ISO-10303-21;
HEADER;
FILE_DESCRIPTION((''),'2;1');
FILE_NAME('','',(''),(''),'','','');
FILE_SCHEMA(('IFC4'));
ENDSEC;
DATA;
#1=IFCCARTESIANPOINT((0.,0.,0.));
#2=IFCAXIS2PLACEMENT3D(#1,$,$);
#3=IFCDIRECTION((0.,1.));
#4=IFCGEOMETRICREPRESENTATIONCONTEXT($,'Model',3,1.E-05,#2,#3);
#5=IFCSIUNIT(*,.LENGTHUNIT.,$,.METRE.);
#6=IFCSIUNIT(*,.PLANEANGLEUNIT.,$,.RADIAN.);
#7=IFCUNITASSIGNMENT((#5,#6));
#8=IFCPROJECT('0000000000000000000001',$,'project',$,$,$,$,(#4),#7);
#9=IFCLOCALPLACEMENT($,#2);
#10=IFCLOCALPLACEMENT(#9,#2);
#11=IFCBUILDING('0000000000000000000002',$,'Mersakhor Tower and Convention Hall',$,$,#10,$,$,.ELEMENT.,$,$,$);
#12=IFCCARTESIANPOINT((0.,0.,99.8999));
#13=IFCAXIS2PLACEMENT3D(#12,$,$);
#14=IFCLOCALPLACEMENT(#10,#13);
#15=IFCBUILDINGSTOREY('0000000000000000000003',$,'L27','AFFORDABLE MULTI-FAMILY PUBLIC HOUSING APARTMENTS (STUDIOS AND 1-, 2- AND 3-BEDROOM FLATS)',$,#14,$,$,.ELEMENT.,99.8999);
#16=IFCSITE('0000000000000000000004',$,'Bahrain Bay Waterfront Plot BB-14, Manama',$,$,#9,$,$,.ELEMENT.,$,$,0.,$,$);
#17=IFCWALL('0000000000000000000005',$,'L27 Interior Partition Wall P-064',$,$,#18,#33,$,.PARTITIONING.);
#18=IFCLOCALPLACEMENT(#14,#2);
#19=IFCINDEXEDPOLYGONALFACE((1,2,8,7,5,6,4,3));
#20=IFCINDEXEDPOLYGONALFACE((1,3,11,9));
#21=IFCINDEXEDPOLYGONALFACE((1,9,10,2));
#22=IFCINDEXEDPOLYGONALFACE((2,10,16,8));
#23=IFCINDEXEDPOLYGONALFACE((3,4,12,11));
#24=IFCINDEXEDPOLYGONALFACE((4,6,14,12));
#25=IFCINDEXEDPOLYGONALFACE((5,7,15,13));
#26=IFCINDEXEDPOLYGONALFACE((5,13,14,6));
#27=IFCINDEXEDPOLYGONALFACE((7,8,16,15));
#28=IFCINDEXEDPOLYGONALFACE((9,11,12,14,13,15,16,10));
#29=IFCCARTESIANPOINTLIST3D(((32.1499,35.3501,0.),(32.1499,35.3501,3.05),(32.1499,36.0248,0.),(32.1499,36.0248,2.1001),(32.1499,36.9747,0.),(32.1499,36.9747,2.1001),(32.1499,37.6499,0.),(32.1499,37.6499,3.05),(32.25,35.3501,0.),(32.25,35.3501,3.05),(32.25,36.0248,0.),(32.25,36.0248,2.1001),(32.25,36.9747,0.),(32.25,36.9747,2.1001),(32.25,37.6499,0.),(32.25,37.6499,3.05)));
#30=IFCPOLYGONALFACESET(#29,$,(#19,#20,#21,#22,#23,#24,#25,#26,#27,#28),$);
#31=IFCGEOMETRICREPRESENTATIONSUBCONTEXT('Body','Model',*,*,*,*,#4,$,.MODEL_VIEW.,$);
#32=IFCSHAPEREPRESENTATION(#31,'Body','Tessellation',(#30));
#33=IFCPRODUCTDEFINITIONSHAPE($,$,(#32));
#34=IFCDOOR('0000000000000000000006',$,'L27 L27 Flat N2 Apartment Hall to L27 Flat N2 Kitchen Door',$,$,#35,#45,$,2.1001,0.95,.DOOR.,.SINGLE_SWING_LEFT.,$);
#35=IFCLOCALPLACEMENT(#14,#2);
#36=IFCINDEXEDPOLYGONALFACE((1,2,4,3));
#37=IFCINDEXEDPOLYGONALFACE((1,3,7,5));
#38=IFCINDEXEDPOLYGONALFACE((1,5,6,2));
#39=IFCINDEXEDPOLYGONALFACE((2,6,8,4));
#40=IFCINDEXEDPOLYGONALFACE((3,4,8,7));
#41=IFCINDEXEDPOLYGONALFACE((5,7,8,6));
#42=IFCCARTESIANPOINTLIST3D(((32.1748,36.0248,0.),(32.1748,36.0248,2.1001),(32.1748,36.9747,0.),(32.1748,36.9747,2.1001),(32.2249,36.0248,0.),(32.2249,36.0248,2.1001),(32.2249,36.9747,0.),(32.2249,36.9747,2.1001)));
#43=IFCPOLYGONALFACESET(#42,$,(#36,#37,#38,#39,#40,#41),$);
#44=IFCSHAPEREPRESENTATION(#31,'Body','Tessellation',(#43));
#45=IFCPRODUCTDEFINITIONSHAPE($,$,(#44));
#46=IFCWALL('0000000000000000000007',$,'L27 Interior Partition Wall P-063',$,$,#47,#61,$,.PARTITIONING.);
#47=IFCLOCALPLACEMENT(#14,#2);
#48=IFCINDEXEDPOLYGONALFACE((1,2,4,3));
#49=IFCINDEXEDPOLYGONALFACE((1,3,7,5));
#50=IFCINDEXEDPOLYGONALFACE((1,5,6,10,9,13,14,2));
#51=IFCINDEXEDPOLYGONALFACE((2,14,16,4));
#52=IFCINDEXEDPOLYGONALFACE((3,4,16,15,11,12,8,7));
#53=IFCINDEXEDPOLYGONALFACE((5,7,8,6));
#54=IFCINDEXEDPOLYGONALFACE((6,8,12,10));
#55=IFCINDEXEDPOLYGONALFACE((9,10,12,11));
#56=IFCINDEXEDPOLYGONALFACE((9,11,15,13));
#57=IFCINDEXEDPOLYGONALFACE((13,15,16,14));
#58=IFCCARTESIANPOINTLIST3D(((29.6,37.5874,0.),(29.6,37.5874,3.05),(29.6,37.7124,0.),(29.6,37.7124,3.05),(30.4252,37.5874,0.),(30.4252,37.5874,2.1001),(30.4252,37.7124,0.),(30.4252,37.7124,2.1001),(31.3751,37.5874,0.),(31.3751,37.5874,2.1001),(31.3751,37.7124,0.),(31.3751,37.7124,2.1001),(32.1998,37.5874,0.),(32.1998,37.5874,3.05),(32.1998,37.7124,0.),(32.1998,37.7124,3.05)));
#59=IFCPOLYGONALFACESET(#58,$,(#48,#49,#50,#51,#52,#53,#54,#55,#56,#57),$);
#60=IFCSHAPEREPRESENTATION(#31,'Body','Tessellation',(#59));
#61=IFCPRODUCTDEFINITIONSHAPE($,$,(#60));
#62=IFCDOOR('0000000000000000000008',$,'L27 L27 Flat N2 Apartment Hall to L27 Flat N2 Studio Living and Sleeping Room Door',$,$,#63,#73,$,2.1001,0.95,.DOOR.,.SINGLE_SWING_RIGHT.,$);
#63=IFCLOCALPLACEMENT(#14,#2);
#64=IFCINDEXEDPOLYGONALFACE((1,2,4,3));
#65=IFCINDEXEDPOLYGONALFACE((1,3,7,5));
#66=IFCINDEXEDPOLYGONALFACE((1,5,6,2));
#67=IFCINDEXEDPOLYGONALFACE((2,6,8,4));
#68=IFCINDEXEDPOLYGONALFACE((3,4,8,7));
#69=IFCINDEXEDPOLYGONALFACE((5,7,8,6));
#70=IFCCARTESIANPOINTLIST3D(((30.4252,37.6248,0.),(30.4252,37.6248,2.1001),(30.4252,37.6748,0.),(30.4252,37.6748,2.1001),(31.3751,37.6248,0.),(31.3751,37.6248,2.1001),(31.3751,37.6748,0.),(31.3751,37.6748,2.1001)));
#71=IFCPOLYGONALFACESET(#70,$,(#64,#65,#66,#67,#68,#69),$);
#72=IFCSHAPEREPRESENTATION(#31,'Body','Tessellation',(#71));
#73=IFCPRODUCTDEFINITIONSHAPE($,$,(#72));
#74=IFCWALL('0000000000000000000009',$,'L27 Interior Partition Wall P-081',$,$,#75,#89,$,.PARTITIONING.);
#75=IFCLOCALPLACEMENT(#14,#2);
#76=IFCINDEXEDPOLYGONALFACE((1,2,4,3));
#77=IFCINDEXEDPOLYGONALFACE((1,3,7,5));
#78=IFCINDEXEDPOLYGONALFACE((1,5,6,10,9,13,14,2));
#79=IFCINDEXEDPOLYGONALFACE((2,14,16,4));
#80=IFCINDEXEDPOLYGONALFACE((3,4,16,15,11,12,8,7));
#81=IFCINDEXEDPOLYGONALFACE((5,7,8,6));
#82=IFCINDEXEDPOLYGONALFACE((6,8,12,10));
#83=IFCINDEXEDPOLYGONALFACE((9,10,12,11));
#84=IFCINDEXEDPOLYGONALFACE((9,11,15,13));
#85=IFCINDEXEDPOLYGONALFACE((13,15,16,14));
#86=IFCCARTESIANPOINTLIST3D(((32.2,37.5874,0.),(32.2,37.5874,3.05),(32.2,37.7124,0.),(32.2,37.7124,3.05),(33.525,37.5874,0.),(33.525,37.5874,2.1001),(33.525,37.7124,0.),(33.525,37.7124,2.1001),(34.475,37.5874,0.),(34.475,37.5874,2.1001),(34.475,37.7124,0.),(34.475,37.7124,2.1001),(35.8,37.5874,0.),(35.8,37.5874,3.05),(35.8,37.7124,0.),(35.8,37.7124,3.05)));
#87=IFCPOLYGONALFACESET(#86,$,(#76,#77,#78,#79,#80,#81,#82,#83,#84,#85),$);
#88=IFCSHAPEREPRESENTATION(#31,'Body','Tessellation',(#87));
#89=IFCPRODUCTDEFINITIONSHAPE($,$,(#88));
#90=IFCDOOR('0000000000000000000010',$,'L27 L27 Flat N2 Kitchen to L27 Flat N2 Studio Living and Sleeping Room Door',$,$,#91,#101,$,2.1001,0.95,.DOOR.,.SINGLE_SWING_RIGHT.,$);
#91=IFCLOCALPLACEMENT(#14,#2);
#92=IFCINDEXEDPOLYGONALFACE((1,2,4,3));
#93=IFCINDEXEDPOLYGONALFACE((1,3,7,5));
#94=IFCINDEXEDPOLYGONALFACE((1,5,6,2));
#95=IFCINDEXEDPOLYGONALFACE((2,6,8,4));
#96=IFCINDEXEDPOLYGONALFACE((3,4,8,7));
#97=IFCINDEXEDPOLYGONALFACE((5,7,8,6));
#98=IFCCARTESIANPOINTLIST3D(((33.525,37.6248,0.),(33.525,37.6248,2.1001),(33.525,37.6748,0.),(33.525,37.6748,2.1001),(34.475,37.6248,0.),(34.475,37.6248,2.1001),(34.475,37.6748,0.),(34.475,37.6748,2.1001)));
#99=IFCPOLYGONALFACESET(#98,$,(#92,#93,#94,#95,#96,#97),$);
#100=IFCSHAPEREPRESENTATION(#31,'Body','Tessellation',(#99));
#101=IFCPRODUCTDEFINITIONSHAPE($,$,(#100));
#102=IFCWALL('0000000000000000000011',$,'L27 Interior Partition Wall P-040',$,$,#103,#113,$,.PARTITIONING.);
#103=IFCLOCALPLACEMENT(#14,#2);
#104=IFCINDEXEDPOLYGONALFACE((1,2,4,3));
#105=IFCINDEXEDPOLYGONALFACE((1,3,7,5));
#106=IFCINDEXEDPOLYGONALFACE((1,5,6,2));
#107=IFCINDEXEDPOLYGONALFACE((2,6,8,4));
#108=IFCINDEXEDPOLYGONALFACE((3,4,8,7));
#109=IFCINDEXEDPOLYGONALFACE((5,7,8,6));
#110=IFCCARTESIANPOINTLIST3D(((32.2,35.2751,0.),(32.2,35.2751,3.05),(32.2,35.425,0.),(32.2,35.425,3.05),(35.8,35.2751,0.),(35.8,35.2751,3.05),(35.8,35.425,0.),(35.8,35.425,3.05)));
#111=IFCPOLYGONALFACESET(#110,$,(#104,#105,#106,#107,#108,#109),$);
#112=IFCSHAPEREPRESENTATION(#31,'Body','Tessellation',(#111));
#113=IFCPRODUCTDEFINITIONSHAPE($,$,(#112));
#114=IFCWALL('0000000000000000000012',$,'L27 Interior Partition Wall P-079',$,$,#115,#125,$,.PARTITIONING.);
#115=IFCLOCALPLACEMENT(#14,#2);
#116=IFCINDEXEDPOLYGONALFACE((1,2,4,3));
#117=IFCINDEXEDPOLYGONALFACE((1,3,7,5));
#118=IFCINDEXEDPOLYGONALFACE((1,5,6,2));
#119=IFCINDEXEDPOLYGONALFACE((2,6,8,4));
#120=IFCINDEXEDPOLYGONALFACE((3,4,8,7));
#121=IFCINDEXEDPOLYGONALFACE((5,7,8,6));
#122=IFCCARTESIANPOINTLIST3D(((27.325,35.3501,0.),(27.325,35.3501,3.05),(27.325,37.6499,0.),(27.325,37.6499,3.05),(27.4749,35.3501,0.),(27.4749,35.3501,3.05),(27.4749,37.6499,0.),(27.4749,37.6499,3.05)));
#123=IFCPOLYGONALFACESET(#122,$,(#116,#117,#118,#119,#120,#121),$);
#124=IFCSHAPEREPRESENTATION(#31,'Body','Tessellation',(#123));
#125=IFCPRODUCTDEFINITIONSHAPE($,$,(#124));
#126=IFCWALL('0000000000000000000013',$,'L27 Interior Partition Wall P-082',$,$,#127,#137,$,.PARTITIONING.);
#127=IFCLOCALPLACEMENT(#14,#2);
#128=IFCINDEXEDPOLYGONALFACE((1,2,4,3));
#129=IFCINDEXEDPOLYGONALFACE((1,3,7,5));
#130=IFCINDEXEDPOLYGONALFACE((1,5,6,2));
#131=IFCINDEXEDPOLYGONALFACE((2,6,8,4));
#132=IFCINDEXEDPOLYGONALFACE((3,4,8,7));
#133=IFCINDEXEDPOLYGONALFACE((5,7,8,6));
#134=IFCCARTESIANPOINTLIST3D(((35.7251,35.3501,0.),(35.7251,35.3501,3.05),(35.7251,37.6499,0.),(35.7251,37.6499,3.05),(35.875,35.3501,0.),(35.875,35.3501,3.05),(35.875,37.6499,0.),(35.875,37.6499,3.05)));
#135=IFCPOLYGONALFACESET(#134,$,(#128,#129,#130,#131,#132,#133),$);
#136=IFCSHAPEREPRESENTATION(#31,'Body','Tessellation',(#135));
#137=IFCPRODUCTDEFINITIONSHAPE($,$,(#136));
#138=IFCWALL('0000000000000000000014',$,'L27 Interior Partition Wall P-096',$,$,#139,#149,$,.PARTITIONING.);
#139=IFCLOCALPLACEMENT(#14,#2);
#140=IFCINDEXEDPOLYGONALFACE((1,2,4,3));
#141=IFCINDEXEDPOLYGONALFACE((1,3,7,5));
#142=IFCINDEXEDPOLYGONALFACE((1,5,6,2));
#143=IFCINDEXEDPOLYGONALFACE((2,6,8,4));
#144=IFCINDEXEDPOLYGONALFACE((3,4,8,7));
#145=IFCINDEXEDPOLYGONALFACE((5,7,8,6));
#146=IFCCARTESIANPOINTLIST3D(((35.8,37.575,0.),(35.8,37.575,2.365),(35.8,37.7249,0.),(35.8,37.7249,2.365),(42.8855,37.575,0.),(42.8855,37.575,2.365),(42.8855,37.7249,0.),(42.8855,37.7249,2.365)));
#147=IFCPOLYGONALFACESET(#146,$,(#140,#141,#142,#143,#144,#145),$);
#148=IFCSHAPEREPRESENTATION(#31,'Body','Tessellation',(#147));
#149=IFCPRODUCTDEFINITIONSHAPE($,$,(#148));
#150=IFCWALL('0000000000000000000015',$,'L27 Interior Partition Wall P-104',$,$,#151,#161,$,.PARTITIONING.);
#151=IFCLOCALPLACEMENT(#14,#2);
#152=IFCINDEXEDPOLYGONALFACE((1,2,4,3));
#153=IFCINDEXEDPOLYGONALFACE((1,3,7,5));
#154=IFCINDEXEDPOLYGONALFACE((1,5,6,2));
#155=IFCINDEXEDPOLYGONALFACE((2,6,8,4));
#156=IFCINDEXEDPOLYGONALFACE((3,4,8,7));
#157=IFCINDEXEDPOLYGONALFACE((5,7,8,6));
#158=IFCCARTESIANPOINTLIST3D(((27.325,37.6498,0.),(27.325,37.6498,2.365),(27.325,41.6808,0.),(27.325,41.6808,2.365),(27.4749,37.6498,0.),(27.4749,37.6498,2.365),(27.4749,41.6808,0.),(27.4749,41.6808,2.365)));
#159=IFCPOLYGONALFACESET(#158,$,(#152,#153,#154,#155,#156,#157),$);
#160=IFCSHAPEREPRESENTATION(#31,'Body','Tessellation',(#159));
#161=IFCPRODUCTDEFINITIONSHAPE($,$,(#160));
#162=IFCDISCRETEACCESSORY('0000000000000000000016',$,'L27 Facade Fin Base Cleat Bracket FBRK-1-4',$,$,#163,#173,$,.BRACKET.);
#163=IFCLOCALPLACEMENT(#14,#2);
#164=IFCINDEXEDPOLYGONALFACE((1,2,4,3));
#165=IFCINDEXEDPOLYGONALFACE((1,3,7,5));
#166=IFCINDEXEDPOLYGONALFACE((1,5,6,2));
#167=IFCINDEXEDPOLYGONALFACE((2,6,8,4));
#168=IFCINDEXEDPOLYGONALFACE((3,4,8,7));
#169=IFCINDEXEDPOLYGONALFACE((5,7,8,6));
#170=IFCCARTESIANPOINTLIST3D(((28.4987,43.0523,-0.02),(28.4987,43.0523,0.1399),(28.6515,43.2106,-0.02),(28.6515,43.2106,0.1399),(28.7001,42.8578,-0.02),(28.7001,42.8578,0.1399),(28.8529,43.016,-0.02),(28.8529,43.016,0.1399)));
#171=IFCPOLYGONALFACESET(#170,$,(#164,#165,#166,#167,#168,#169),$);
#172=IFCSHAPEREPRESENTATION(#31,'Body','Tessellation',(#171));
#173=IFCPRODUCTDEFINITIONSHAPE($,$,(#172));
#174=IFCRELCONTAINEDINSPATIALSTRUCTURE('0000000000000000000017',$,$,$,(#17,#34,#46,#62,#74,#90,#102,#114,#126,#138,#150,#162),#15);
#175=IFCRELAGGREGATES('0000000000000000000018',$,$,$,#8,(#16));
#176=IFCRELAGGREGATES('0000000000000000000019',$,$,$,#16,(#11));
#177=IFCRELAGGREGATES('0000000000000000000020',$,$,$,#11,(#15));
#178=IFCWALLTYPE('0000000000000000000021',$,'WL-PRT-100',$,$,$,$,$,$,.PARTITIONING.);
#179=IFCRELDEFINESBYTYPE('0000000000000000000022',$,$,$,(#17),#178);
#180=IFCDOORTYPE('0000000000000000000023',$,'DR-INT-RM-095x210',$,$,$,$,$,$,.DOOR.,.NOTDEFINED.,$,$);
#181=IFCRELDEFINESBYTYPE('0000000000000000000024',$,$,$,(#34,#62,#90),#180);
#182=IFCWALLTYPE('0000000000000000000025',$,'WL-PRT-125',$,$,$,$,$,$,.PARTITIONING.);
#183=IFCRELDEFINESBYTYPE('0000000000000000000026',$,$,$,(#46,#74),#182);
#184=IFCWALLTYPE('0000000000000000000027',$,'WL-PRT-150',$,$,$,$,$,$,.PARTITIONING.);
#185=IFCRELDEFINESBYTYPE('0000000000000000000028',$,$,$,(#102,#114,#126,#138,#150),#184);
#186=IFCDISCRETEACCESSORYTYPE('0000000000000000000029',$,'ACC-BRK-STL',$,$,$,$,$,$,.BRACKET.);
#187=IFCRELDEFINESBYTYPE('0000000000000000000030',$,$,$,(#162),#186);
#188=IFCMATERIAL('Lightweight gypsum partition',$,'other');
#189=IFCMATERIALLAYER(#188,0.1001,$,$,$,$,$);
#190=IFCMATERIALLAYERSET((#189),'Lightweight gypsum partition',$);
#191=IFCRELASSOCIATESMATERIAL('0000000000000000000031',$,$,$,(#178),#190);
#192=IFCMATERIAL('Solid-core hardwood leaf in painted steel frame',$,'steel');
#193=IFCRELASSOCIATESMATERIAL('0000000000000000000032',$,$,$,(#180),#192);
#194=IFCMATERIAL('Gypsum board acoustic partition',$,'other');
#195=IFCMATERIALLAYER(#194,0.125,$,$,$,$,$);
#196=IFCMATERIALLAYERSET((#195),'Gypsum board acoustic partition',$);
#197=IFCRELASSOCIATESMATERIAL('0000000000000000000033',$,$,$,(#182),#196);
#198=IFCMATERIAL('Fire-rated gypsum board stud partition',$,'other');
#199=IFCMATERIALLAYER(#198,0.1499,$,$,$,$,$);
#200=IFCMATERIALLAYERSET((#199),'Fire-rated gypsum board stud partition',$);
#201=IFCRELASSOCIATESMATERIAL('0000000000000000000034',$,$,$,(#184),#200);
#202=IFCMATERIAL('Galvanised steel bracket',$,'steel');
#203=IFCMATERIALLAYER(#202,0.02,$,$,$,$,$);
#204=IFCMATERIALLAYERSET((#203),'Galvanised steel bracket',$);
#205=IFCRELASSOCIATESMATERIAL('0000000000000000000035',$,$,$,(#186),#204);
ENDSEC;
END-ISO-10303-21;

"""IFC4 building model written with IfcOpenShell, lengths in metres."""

from ifc_helpers import new_model, si_unit, direction, frame, frame_2d, origin, origin_2d, place, context, subcontext, project, spatial, rectangle, extrude, material, layer, layer_set, type_object, element, fill, save


model = new_model("IFC4")

# Units and contexts
model_context = context("Model", 3, precision=1e-05, world=origin(), true_north=direction((0.0, 1.0)))
body_context = subcontext(model_context, "Body", "Model", "MODEL_VIEW")
ifc_project = project(units=[si_unit("LENGTHUNIT", "METRE"), si_unit("PLANEANGLEUNIT", "RADIAN")], contexts=[model_context])

# Site, building, storey
site_placement = place(None, origin())
site = spatial("IfcSite", under=ifc_project, at=site_placement, Name="Bahrain Bay Waterfront Plot BB-14, Manama", CompositionType="ELEMENT", RefElevation=0.0)
building_placement = place(site_placement, origin())
building = spatial("IfcBuilding", under=site, at=building_placement, Name="Mersakhor Tower and Convention Hall", CompositionType="ELEMENT")
storey_placement = place(building_placement, frame((0.0, 0.0, 99.8999)))
storey = spatial("IfcBuildingStorey", under=building, at=storey_placement, Name="L27", Description="AFFORDABLE MULTI-FAMILY PUBLIC HOUSING APARTMENTS (STUDIOS AND 1-, 2- AND 3-BEDROOM FLATS)", CompositionType="ELEMENT", Elevation=99.8999)

# Walls, openings, doors
ifc_material_1 = material(Name="Lightweight gypsum partition", Category="other")
ifc_layer_1 = layer(ifc_material_1, 0.1001)
ifc_layer_set_1 = layer_set([ifc_layer_1], Name="Lightweight gypsum partition")
wall_type_1 = type_object("IfcWallType", Name="WL-PRT-100", PredefinedType="PARTITIONING", material=ifc_layer_set_1)
wall_1_placement = place(storey_placement, frame((32.2, 37.6499, 0.0), z_axis=(0.0, 0.0, 1.0), x_axis=(0.0, -1.0, 0.0)))
wall_1 = element("IfcWall", 1, at=wall_1_placement, inside=storey, type_object=wall_type_1, Name="L27 Interior Partition Wall P-064", PredefinedType="PARTITIONING", context=body_context, shape_type="SweptSolid", body=[
    extrude(rectangle(XDim=2.2998, YDim=0.1001, at=frame_2d((1.1499, 0.0))), origin(), (0.0, 0.0, 1.0), 3.05),
])
opening_1_placement = place(wall_1_placement, frame((0.675, 0.0, 0.0)))
opening_1 = element("IfcOpeningElement", 2, at=opening_1_placement, cuts=wall_1, PredefinedType="OPENING", context=body_context, shape_type="SweptSolid", body=[
    extrude(rectangle(XDim=0.95, YDim=2.1001, at=frame_2d((0.4751, 1.05))), frame((0.0, 0.0601, 0.0), z_axis=(0.0, -1.0, 0.0), x_axis=(1.0, 0.0, 0.0)), (0.0, 0.0, 1.0), 0.1201),
])
ifc_material_2 = material(Name="Solid-core hardwood leaf in painted steel frame", Category="steel")
door_type_1 = type_object("IfcDoorType", Name="DR-INT-RM-095x210", OperationType="NOTDEFINED", PredefinedType="DOOR", material=ifc_material_2)
door_1_placement = place(opening_1_placement, origin())
door_1 = element("IfcDoor", 3, at=door_1_placement, inside=storey, type_object=door_type_1, Name="L27 L27 Flat N2 Apartment Hall to L27 Flat N2 Kitchen Door", OperationType="SINGLE_SWING_LEFT", OverallHeight=2.1001, OverallWidth=0.95, PredefinedType="DOOR", context=body_context, shape_type="SweptSolid", body=[
    extrude(rectangle(XDim=0.95, YDim=2.1001, at=frame_2d((0.4751, 1.05))), frame((0.0, 0.0249, 0.0), z_axis=(0.0, -1.0, 0.0), x_axis=(1.0, 0.0, 0.0)), (0.0, 0.0, 1.0), 0.05),
])
fill(opening_1, door_1)
ifc_material_3 = material(Name="Gypsum board acoustic partition", Category="other")
ifc_layer_2 = layer(ifc_material_3, 0.125)
ifc_layer_set_2 = layer_set([ifc_layer_2], Name="Gypsum board acoustic partition")
wall_type_2 = type_object("IfcWallType", Name="WL-PRT-125", PredefinedType="PARTITIONING", material=ifc_layer_set_2)
wall_2_placement = place(storey_placement, frame((29.6001, 37.6499, 0.0), z_axis=(0.0, 0.0, 1.0), x_axis=(1.0, 0.0, 0.0)))
wall_2 = element("IfcWall", 4, at=wall_2_placement, inside=storey, type_object=wall_type_2, Name="L27 Interior Partition Wall P-063", PredefinedType="PARTITIONING", context=body_context, shape_type="SweptSolid", body=[
    extrude(rectangle(XDim=2.5999, YDim=0.125, at=frame_2d((1.2998, 0.0))), origin(), (0.0, 0.0, 1.0), 3.05),
])
opening_2_placement = place(wall_2_placement, frame((0.825, 0.0, 0.0)))
opening_2 = element("IfcOpeningElement", 5, at=opening_2_placement, cuts=wall_2, PredefinedType="OPENING", context=body_context, shape_type="SweptSolid", body=[
    extrude(rectangle(XDim=0.95, YDim=2.1001, at=frame_2d((0.4751, 1.05))), frame((0.0, 0.0725, 0.0), z_axis=(0.0, -1.0, 0.0), x_axis=(1.0, 0.0, 0.0)), (0.0, 0.0, 1.0), 0.145),
])
door_2_placement = place(opening_2_placement, origin())
door_2 = element("IfcDoor", 6, at=door_2_placement, inside=storey, type_object=door_type_1, Name="L27 L27 Flat N2 Apartment Hall to L27 Flat N2 Studio Living and Sleeping Room Door", OperationType="SINGLE_SWING_RIGHT", OverallHeight=2.1001, OverallWidth=0.95, PredefinedType="DOOR", context=body_context, shape_type="SweptSolid", body=[
    extrude(rectangle(XDim=0.95, YDim=2.1001, at=frame_2d((0.4751, 1.05))), frame((0.0, 0.0249, 0.0), z_axis=(0.0, -1.0, 0.0), x_axis=(1.0, 0.0, 0.0)), (0.0, 0.0, 1.0), 0.05),
])
fill(opening_2, door_2)
wall_3_placement = place(storey_placement, frame((32.2, 37.6499, 0.0), z_axis=(0.0, 0.0, 1.0), x_axis=(1.0, 0.0, 0.0)))
wall_3 = element("IfcWall", 7, at=wall_3_placement, inside=storey, type_object=wall_type_2, Name="L27 Interior Partition Wall P-081", PredefinedType="PARTITIONING", context=body_context, shape_type="SweptSolid", body=[
    extrude(rectangle(XDim=3.6001, YDim=0.125, at=frame_2d((1.8, 0.0))), origin(), (0.0, 0.0, 1.0), 3.05),
])
opening_3_placement = place(wall_3_placement, frame((1.325, 0.0, 0.0)))
opening_3 = element("IfcOpeningElement", 8, at=opening_3_placement, cuts=wall_3, PredefinedType="OPENING", context=body_context, shape_type="SweptSolid", body=[
    extrude(rectangle(XDim=0.95, YDim=2.1001, at=frame_2d((0.4751, 1.05))), frame((0.0, 0.0725, 0.0), z_axis=(0.0, -1.0, 0.0), x_axis=(1.0, 0.0, 0.0)), (0.0, 0.0, 1.0), 0.145),
])
door_3_placement = place(opening_3_placement, origin())
door_3 = element("IfcDoor", 9, at=door_3_placement, inside=storey, type_object=door_type_1, Name="L27 L27 Flat N2 Kitchen to L27 Flat N2 Studio Living and Sleeping Room Door", OperationType="SINGLE_SWING_RIGHT", OverallHeight=2.1001, OverallWidth=0.95, PredefinedType="DOOR", context=body_context, shape_type="SweptSolid", body=[
    extrude(rectangle(XDim=0.95, YDim=2.1001, at=frame_2d((0.4751, 1.05))), frame((0.0, 0.0249, 0.0), z_axis=(0.0, -1.0, 0.0), x_axis=(1.0, 0.0, 0.0)), (0.0, 0.0, 1.0), 0.05),
])
fill(opening_3, door_3)
ifc_material_4 = material(Name="Fire-rated gypsum board stud partition", Category="other")
ifc_layer_3 = layer(ifc_material_4, 0.1499)
ifc_layer_set_3 = layer_set([ifc_layer_3], Name="Fire-rated gypsum board stud partition")
wall_type_3 = type_object("IfcWallType", Name="WL-PRT-150", PredefinedType="PARTITIONING", material=ifc_layer_set_3)

# Wall
wall_4_placement = place(storey_placement, frame((32.2, 35.3501, 0.0), z_axis=(0.0, 0.0, 1.0), x_axis=(1.0, 0.0, 0.0)))
element("IfcWall", 10, at=wall_4_placement, inside=storey, type_object=wall_type_3, Name="L27 Interior Partition Wall P-040", PredefinedType="PARTITIONING", context=body_context, shape_type="SweptSolid", body=[
    extrude(rectangle(XDim=3.6001, YDim=0.1499, at=frame_2d((1.8, 0.0))), origin(), (0.0, 0.0, 1.0), 3.05),
])

# Walls
for number, where, z_axis, x_axis, name in (
    (11, (27.3999, 37.6499, 0.0), (0.0, 0.0, 1.0), (0.0, -1.0, 0.0), "L27 Interior Partition Wall P-079"),
    (12, (35.8, 37.6499, 0.0), (0.0, 0.0, 1.0), (0.0, -1.0, 0.0), "L27 Interior Partition Wall P-082"),
):
    element("IfcWall", number, at=place(storey_placement, frame(where, z_axis=z_axis, x_axis=x_axis)), inside=storey, type_object=wall_type_3, Name=name, PredefinedType="PARTITIONING", context=body_context, shape_type="SweptSolid", body=[
        extrude(rectangle(XDim=2.2998, YDim=0.1499, at=frame_2d((1.1499, 0.0))), origin(), (0.0, 0.0, 1.0), 3.05),
    ])
wall_5_placement = place(storey_placement, frame((35.8, 37.6499, 0.0), z_axis=(0.0, 0.0, 1.0), x_axis=(1.0, 0.0, 0.0)))
element("IfcWall", 13, at=wall_5_placement, inside=storey, type_object=wall_type_3, Name="L27 Interior Partition Wall P-096", PredefinedType="PARTITIONING", context=body_context, shape_type="SweptSolid", body=[
    extrude(rectangle(XDim=7.0854, YDim=0.1499, at=frame_2d((3.5427, 0.0))), origin(), (0.0, 0.0, 1.0), 2.365),
])
wall_6_placement = place(storey_placement, frame((27.3999, 41.6809, 0.0), z_axis=(0.0, 0.0, 1.0), x_axis=(0.0, -1.0, 0.0)))
element("IfcWall", 14, at=wall_6_placement, inside=storey, type_object=wall_type_3, Name="L27 Interior Partition Wall P-104", PredefinedType="PARTITIONING", context=body_context, shape_type="SweptSolid", body=[
    extrude(rectangle(XDim=4.031, YDim=0.1499, at=frame_2d((2.0156, 0.0))), origin(), (0.0, 0.0, 1.0), 2.365),
])

# Discrete accessory
ifc_material_5 = material(Name="Galvanised steel bracket", Category="steel")
ifc_layer_4 = layer(ifc_material_5, 0.02)
ifc_layer_set_4 = layer_set([ifc_layer_4], Name="Galvanised steel bracket")
discrete_accessory_type = type_object("IfcDiscreteAccessoryType", Name="ACC-BRK-STL", PredefinedType="BRACKET", material=ifc_layer_set_4)
for number, where, z_axis, x_axis, name in (
    (15, (28.6758, 43.0342, -0.02), (0.0, 0.0, 1.0), (-0.71934, 0.694658, 0.0), "L27 Facade Fin Base Cleat Bracket FBRK-1-4"),
):
    element("IfcDiscreteAccessory", number, at=place(storey_placement, frame(where, z_axis=z_axis, x_axis=x_axis)), inside=storey, type_object=discrete_accessory_type, Name=name, PredefinedType="BRACKET", context=body_context, shape_type="SweptSolid", body=[
        extrude(rectangle(XDim=0.28, YDim=0.22, at=origin_2d()), origin(), (0.0, 0.0, 1.0), 0.1599),
    ])

save(model, "model.ifc")
